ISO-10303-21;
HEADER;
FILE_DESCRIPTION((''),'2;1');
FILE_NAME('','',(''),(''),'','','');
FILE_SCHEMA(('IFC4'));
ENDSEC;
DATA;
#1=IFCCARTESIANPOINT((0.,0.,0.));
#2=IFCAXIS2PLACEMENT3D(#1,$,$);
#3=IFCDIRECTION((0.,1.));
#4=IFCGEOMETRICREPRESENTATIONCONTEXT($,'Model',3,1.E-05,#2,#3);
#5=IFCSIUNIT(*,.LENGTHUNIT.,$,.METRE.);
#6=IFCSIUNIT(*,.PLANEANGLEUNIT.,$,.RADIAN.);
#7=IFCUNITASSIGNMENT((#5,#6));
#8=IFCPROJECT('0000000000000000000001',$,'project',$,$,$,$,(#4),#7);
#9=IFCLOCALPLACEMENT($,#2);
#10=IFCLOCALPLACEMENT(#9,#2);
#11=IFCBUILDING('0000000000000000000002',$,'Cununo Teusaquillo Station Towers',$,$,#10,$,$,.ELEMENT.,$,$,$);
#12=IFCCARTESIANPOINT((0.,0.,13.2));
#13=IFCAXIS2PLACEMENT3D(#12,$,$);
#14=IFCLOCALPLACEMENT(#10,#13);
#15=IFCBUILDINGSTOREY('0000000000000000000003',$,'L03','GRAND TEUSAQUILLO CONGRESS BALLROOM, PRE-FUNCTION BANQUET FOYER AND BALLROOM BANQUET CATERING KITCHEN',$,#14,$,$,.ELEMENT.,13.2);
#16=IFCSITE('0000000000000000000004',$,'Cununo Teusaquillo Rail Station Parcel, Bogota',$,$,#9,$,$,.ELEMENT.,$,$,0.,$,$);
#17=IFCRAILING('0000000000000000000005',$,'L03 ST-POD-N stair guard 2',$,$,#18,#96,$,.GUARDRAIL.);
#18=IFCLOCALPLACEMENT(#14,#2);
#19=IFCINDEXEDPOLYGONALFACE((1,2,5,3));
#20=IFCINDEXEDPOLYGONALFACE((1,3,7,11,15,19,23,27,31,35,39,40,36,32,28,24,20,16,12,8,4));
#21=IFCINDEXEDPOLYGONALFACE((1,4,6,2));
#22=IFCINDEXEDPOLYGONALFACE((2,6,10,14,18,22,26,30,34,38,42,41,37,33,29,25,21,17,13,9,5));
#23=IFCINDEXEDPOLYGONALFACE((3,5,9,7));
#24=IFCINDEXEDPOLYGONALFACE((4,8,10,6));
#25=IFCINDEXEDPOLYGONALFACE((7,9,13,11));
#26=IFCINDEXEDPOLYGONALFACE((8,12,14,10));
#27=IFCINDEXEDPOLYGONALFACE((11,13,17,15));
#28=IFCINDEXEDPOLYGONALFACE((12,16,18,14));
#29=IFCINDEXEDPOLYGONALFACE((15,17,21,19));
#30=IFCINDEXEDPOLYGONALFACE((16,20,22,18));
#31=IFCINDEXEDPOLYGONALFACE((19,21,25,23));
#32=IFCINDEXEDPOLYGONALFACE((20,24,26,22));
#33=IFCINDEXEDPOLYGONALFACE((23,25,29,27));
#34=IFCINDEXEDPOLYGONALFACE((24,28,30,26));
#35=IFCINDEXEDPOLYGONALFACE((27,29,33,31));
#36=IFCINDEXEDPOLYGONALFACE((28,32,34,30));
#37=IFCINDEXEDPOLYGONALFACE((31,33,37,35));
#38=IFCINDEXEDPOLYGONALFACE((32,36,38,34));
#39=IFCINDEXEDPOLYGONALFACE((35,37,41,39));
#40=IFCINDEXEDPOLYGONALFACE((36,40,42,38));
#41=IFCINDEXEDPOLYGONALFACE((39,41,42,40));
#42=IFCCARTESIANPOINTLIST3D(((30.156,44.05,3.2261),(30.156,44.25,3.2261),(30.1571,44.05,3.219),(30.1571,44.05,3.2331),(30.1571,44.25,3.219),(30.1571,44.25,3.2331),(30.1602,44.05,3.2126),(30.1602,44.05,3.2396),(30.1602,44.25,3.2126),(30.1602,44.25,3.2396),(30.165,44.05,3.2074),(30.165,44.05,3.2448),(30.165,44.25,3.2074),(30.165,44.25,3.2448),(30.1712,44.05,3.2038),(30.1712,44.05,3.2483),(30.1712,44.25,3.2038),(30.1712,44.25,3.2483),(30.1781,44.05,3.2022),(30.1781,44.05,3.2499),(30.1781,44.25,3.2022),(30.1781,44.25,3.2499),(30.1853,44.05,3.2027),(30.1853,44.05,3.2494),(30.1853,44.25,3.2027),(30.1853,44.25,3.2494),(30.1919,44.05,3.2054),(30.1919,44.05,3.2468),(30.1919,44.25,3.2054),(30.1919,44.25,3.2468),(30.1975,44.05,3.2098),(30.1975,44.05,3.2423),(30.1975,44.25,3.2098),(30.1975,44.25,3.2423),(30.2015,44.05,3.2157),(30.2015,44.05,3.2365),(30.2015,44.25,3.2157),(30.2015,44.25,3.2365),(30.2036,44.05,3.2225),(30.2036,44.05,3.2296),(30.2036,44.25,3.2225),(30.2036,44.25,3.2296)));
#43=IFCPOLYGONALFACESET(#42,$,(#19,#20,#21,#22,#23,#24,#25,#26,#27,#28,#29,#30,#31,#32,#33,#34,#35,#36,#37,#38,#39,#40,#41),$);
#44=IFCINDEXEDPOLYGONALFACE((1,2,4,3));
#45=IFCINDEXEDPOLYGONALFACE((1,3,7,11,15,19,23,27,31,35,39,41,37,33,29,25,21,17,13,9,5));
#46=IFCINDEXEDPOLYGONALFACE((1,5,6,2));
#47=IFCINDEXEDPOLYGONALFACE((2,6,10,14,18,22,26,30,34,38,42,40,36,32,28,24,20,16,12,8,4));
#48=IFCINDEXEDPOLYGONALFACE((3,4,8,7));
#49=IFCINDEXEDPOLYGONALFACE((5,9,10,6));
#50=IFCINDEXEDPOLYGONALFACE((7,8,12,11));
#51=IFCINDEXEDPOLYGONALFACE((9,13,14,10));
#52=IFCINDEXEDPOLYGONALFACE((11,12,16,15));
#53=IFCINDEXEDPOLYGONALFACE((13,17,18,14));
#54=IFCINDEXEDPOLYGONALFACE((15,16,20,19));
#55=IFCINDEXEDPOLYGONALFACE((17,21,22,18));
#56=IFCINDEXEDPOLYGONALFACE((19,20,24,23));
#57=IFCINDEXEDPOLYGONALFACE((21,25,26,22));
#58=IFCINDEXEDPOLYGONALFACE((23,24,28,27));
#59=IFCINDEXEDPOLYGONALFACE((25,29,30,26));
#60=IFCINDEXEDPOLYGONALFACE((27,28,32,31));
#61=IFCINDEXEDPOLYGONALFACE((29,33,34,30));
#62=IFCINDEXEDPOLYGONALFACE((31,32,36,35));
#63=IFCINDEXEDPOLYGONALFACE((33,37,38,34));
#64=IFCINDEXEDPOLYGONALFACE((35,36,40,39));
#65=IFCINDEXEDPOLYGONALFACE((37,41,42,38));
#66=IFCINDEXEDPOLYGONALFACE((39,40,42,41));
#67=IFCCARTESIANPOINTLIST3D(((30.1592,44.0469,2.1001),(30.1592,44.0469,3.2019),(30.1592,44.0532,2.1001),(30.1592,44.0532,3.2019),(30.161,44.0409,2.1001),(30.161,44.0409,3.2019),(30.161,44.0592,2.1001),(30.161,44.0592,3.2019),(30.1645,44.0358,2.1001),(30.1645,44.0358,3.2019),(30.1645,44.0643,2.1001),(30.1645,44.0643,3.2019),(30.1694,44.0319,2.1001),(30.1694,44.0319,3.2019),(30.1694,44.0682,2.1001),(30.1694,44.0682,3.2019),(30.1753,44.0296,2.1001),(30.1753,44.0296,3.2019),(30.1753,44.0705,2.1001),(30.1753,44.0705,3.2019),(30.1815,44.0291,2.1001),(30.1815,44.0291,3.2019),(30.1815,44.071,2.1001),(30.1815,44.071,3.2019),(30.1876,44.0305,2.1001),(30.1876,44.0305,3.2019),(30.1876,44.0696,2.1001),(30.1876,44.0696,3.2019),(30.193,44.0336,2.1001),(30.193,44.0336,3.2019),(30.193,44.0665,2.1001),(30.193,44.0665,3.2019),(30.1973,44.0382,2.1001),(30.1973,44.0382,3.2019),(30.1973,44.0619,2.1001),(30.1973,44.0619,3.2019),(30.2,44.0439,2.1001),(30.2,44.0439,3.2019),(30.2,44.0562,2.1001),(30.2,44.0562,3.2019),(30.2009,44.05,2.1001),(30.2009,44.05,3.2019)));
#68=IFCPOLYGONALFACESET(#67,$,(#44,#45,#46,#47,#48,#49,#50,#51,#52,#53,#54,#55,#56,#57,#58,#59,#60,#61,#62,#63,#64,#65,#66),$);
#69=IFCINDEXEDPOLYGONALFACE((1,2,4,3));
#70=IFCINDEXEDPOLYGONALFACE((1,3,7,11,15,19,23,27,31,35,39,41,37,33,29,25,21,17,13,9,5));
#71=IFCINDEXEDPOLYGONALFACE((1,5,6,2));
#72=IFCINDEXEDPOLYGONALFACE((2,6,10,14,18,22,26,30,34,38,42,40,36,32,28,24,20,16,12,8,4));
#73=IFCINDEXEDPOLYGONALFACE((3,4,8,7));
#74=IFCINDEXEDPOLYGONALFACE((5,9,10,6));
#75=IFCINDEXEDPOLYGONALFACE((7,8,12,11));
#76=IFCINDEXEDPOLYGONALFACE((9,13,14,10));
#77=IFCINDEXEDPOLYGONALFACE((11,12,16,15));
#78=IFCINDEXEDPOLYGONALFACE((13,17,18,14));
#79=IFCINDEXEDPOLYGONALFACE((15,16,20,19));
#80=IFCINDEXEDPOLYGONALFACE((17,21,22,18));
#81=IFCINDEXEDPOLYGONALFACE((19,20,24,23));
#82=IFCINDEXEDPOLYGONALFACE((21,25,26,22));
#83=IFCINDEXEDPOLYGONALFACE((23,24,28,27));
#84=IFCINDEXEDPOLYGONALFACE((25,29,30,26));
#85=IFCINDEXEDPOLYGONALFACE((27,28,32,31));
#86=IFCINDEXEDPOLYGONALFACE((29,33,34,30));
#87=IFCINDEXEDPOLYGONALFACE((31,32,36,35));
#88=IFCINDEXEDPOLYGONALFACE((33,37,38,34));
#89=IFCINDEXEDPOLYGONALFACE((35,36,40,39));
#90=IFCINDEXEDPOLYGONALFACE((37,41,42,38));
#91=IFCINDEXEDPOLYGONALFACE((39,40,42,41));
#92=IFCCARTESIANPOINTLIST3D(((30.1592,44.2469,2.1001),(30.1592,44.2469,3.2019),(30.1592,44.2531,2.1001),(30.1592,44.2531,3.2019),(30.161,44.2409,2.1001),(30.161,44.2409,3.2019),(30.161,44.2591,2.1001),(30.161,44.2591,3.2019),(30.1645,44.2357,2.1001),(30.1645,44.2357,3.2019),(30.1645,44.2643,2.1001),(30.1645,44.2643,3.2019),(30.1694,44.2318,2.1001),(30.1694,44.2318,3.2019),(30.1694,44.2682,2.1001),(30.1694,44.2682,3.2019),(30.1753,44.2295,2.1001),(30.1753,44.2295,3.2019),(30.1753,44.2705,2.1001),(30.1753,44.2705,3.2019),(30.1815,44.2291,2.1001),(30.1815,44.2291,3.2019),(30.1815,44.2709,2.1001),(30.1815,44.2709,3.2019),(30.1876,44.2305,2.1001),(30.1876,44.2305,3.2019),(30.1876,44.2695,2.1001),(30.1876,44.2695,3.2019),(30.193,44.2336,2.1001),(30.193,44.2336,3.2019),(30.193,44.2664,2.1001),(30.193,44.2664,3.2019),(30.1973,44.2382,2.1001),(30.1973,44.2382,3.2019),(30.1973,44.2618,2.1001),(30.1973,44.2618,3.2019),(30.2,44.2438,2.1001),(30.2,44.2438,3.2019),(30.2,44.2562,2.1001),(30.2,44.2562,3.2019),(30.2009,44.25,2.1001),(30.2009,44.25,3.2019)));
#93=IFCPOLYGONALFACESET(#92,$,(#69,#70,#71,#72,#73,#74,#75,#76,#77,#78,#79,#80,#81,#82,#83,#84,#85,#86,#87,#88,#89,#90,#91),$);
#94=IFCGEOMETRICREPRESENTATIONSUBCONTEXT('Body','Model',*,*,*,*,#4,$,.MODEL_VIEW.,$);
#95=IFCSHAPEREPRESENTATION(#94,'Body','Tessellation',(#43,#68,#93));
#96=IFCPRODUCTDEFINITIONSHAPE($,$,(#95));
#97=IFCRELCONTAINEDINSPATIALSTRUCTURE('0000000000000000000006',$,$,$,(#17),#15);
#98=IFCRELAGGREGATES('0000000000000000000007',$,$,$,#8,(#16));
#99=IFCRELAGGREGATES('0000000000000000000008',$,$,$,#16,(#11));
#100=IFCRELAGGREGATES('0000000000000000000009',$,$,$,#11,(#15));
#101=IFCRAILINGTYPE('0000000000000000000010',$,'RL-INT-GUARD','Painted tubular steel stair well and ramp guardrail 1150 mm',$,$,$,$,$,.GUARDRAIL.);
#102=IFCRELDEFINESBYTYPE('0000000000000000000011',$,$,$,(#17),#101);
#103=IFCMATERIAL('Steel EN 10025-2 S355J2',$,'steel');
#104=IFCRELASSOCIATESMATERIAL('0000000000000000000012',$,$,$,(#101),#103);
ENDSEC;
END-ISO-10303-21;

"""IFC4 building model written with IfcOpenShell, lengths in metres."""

from ifc_helpers import new_model, si_unit, direction, frame, origin, origin_2d, place, context, subcontext, project, spatial, circle, extrude, material, type_object, element, save


model = new_model("IFC4")

# Units and contexts
model_context = context("Model", 3, precision=1e-05, world=origin(), true_north=direction((0.0, 1.0)))
body_context = subcontext(model_context, "Body", "Model", "MODEL_VIEW")
ifc_project = project(units=[si_unit("LENGTHUNIT", "METRE"), si_unit("PLANEANGLEUNIT", "RADIAN")], contexts=[model_context])

# Site, building, storey
site_placement = place(None, origin())
site = spatial("IfcSite", under=ifc_project, at=site_placement, Name="Cununo Teusaquillo Rail Station Parcel, Bogota", CompositionType="ELEMENT", RefElevation=0.0)
building_placement = place(site_placement, origin())
building = spatial("IfcBuilding", under=site, at=building_placement, Name="Cununo Teusaquillo Station Towers", CompositionType="ELEMENT")
storey_placement = place(building_placement, frame((0.0, 0.0, 13.2)))
storey = spatial("IfcBuildingStorey", under=building, at=storey_placement, Name="L03", Description="GRAND TEUSAQUILLO CONGRESS BALLROOM, PRE-FUNCTION BANQUET FOYER AND BALLROOM BANQUET CATERING KITCHEN", CompositionType="ELEMENT", Elevation=13.2)

# Railing
ifc_material_1 = material(Name="Steel EN 10025-2 S355J2", Category="steel")
railing_type_1 = type_object("IfcRailingType", Name="RL-INT-GUARD", Description="Painted tubular steel stair well and ramp guardrail 1150 mm", PredefinedType="GUARDRAIL", material=ifc_material_1)
railing_1_placement = place(storey_placement, frame((30.1799, 44.05, 2.1001)))
element("IfcRailing", 1, at=railing_1_placement, inside=storey, type_object=railing_type_1, Name="L03 ST-POD-N stair guard 2", PredefinedType="GUARDRAIL", context=body_context, shape_type="SweptSolid", body=[
    extrude(circle(Radius=0.0239, at=origin_2d()), frame((0.0, 0.0, 1.126), z_axis=(0.0, 1.0, 0.0), x_axis=(-1.0, 0.0, 0.0)), (0.0, 0.0, 1.0), 0.2),
    extrude(circle(Radius=0.021, at=origin_2d()), origin(), (0.0, 0.0, 1.0), 1.1018),
    extrude(circle(Radius=0.021, at=origin_2d()), frame((0.0, 0.2, 0.0)), (0.0, 0.0, 1.0), 1.1018),
])

save(model, "model.ifc")
